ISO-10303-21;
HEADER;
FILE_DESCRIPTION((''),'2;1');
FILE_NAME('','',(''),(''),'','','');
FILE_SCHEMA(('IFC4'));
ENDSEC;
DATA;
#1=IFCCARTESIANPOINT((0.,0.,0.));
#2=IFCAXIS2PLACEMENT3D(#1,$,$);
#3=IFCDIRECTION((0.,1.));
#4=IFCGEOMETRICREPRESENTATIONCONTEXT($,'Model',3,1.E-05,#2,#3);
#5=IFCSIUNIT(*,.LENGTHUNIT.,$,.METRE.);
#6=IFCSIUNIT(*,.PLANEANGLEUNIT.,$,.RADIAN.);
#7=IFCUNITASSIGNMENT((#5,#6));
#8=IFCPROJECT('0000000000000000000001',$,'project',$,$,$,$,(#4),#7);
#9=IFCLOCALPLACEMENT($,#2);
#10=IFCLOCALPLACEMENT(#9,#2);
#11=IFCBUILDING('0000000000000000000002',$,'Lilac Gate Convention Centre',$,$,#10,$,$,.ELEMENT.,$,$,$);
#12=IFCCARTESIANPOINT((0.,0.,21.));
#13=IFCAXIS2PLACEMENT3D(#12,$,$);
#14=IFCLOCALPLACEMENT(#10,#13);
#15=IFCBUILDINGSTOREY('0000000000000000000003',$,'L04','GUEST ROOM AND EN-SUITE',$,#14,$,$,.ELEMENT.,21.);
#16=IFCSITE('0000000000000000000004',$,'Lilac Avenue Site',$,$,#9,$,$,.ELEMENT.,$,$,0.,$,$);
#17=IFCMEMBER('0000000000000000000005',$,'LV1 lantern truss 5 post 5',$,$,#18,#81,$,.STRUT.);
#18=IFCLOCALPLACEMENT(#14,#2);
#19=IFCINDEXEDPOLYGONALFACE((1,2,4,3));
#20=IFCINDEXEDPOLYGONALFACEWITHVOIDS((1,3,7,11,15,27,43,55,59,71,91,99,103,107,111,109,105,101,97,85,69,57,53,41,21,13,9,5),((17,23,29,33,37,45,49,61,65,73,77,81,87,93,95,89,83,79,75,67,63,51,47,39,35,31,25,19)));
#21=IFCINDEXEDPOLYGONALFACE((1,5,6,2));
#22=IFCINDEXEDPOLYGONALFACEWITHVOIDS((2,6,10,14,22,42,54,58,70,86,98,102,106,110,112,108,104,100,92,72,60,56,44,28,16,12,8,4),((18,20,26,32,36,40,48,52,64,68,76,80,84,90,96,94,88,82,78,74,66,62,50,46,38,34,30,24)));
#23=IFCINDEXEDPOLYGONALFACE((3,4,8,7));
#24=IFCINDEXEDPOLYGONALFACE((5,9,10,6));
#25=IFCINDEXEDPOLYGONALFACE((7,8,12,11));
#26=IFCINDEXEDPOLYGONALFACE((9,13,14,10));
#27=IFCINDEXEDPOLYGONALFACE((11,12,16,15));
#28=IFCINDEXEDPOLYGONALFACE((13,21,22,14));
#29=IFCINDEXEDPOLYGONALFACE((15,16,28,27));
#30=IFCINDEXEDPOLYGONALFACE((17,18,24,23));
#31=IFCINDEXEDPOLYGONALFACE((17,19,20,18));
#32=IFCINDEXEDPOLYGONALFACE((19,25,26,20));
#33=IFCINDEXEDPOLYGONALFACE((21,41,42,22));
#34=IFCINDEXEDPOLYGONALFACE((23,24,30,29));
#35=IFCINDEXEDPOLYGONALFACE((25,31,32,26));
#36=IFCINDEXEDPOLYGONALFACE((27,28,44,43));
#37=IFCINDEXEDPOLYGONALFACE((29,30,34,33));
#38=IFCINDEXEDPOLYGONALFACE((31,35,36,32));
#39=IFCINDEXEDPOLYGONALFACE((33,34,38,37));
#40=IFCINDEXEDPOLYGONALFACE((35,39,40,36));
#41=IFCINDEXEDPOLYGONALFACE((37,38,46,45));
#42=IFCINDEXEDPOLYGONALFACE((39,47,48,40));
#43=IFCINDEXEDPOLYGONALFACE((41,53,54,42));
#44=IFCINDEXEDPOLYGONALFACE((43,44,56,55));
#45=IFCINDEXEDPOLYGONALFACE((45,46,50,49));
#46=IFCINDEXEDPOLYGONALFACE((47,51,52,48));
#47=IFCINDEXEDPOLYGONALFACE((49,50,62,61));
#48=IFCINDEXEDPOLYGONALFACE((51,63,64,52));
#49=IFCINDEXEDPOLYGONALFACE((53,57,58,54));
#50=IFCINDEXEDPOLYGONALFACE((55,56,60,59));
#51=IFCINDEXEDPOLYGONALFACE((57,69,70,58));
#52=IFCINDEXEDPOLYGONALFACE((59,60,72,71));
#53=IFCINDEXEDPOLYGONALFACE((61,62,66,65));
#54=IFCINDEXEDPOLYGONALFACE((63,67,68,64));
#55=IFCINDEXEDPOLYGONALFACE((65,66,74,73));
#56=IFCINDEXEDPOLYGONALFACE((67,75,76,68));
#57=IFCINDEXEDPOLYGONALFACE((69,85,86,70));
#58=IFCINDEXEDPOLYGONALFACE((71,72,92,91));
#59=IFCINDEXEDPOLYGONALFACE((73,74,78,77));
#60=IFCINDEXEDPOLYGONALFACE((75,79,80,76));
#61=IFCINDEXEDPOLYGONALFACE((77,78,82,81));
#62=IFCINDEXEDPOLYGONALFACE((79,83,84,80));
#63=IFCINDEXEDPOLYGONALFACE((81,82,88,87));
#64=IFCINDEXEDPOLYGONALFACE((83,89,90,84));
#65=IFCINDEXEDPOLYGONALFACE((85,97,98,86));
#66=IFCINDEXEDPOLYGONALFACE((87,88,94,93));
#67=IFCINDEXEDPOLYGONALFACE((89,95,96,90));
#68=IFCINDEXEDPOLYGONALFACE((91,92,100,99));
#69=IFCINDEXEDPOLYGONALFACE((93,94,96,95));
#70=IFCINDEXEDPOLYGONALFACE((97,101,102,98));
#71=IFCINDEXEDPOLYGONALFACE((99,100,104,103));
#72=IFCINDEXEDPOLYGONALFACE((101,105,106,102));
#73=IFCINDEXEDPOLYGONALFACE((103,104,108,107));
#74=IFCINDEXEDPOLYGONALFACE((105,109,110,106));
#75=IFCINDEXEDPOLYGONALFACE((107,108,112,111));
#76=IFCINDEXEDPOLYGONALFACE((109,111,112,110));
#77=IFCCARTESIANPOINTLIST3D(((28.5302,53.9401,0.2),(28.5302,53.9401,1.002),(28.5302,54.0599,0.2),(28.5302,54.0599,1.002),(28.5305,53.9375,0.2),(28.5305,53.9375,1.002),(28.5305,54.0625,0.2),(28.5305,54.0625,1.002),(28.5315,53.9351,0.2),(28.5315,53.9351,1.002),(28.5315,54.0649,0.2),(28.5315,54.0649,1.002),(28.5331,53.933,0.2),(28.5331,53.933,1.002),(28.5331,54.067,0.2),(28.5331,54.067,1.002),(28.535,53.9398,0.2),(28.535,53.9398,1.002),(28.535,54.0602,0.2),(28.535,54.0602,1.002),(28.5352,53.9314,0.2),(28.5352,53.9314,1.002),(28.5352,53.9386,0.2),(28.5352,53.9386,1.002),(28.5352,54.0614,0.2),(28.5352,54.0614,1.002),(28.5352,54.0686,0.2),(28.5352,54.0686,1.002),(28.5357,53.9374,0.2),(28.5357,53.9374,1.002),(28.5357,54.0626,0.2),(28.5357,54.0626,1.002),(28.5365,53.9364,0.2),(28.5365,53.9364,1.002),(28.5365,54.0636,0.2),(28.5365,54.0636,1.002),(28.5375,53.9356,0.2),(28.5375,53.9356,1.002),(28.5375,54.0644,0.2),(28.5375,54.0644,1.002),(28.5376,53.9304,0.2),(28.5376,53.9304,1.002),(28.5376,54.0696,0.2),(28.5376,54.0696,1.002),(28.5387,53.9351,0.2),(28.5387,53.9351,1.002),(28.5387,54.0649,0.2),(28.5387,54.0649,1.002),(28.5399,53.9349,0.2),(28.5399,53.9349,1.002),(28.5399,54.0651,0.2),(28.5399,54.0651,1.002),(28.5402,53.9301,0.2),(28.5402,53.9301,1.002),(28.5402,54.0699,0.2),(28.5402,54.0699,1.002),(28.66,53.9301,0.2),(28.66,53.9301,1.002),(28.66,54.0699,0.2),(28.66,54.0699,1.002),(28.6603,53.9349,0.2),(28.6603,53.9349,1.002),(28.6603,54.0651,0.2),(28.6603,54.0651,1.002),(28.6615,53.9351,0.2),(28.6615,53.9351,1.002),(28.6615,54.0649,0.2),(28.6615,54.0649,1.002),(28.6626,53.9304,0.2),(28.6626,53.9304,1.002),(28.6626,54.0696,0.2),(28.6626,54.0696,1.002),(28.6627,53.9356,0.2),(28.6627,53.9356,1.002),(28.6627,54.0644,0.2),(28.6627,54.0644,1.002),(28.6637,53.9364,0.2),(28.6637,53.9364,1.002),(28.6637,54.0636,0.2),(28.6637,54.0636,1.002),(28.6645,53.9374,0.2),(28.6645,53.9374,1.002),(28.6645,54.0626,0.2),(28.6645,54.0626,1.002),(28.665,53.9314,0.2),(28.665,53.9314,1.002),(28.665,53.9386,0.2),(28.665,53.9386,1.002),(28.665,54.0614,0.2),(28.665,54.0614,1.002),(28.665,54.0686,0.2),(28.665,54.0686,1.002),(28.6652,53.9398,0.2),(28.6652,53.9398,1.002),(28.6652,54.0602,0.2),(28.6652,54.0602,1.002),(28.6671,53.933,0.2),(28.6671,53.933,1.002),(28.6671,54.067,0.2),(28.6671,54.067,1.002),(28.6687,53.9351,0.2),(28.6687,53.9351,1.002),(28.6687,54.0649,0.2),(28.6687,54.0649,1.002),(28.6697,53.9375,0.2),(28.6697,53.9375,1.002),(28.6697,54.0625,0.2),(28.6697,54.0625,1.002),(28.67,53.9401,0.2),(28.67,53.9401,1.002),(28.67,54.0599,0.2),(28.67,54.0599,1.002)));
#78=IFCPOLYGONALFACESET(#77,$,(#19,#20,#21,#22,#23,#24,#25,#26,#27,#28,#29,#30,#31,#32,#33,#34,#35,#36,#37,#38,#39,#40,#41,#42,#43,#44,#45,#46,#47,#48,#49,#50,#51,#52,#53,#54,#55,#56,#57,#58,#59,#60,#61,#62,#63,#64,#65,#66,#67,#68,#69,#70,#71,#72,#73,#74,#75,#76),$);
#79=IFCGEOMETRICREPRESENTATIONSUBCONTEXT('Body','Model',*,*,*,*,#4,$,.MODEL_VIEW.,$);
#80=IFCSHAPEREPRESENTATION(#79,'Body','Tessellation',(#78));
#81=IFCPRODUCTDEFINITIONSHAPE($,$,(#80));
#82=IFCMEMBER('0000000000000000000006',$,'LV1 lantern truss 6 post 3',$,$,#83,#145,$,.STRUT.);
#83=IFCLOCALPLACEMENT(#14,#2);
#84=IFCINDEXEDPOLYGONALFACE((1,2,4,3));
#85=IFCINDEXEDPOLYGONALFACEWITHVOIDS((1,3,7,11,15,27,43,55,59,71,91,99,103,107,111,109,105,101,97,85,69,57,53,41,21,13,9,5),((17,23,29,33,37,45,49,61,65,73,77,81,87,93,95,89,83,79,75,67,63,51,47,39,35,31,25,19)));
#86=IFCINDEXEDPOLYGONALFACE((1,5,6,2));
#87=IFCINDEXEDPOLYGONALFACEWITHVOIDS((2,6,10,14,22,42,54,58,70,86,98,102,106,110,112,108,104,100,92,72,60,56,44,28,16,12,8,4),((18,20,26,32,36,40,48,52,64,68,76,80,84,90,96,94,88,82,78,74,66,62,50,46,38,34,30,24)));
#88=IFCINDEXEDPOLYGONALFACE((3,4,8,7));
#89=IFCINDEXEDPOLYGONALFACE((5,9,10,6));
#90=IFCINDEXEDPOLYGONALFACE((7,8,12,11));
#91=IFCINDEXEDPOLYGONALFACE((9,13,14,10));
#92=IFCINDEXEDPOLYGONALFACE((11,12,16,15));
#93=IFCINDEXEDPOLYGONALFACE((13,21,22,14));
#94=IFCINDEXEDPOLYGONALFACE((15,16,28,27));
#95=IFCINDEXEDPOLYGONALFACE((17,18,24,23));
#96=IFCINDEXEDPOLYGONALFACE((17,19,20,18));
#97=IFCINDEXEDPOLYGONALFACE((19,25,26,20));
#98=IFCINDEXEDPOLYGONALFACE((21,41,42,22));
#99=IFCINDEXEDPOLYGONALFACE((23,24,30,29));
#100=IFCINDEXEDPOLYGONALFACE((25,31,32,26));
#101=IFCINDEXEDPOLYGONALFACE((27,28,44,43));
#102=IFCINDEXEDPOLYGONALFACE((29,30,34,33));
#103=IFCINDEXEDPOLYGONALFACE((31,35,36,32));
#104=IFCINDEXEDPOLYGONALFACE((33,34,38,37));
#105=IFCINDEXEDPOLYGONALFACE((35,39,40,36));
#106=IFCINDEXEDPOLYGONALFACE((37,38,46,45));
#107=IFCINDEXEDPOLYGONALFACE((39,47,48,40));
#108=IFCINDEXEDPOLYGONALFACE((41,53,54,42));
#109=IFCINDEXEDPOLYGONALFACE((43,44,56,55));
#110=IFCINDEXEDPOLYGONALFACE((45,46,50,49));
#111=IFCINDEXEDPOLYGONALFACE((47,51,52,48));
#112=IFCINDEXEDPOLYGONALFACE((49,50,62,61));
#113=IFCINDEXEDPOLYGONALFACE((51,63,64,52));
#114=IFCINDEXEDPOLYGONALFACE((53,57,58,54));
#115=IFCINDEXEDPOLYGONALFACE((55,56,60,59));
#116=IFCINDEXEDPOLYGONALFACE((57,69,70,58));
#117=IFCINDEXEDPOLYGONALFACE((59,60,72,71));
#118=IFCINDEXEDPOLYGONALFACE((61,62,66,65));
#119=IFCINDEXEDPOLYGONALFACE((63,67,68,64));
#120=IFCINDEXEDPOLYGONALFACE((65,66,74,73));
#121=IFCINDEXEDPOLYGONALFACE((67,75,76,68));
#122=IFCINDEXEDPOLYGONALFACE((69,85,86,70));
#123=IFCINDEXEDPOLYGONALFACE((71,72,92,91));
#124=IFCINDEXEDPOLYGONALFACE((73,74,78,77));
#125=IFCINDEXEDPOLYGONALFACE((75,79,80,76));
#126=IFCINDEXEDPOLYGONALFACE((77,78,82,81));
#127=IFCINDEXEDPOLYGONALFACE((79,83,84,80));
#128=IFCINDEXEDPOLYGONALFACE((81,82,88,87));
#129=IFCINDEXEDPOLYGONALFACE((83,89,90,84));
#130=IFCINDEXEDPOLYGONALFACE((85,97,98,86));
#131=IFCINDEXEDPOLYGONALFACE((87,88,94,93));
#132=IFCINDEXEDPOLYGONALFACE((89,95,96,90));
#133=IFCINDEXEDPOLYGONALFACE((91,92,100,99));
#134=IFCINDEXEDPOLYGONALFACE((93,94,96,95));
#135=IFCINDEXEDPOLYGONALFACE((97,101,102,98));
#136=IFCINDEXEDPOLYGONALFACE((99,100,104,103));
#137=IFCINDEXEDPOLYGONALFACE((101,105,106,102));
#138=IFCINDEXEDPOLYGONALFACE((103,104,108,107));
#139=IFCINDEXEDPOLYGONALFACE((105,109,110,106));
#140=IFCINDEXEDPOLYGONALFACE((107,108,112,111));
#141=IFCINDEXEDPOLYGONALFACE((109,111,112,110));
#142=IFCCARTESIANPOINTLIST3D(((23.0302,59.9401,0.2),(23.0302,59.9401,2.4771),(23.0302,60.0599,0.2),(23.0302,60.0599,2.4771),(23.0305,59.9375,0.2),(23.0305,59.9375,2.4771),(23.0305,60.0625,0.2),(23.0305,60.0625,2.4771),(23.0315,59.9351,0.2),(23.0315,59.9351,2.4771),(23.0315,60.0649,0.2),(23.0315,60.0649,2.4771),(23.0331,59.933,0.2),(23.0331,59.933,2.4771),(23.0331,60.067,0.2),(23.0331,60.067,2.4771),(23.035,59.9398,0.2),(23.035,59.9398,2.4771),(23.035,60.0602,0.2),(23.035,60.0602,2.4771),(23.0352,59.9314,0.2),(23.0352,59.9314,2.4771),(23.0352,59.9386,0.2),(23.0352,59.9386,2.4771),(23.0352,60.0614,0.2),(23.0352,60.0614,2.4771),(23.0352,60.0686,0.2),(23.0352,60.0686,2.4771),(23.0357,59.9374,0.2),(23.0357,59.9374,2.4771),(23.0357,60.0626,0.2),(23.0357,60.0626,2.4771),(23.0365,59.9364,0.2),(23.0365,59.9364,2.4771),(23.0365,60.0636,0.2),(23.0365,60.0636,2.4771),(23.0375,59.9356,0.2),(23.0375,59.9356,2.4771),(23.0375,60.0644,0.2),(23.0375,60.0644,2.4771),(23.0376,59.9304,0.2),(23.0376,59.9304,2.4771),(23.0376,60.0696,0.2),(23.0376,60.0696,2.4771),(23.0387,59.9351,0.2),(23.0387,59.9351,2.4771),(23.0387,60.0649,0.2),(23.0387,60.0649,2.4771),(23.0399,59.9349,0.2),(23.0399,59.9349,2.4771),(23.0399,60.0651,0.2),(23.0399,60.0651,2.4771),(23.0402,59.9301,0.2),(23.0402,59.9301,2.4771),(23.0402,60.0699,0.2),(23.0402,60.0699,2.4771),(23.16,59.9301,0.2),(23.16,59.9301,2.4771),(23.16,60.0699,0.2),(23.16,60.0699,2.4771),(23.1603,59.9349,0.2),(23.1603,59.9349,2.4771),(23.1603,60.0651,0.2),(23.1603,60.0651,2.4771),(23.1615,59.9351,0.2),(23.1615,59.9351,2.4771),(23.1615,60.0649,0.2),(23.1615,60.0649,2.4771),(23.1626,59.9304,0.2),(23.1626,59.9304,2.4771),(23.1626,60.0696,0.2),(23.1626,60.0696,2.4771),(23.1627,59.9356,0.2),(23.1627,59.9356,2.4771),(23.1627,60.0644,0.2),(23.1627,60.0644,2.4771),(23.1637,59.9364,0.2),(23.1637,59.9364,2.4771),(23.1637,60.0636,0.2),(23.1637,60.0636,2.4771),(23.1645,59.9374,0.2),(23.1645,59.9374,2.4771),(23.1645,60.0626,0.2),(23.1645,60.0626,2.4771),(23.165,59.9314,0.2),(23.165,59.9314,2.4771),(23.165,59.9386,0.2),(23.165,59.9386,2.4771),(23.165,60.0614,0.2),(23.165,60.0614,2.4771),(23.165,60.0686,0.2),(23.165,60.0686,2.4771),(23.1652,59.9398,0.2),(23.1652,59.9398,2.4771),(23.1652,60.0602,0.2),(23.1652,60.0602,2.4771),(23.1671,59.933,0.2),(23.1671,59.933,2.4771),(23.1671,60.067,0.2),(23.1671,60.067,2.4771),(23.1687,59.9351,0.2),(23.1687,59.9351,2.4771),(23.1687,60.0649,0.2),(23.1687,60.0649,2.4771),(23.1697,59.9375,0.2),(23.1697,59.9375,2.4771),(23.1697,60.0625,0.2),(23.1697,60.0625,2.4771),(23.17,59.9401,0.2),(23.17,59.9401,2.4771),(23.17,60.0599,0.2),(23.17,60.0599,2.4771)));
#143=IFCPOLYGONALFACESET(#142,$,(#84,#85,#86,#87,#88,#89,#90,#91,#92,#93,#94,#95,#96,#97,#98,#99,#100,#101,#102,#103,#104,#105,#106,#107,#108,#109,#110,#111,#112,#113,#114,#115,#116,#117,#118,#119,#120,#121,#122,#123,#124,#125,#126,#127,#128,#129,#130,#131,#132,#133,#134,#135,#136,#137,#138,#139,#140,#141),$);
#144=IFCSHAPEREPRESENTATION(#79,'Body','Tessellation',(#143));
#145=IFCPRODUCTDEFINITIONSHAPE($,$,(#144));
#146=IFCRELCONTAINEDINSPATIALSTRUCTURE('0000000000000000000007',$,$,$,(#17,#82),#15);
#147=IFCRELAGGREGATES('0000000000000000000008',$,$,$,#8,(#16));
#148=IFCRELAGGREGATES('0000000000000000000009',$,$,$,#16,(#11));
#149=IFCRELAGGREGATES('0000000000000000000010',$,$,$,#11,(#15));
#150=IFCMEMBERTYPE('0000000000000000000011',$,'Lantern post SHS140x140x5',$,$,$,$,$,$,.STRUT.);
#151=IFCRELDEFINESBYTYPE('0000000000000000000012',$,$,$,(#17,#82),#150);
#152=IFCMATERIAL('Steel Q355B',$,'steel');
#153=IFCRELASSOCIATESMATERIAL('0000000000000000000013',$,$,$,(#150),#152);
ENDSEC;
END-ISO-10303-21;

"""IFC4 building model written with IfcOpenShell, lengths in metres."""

from ifc_helpers import new_model, si_unit, direction, frame, origin, origin_2d, place, context, subcontext, project, spatial, hollow_rectangle, extrude, material, material_profile, profile_set, type_object, element, save


model = new_model("IFC4")

# Units and contexts
model_context = context("Model", 3, precision=1e-05, world=origin(), true_north=direction((0.0, 1.0)))
body_context = subcontext(model_context, "Body", "Model", "MODEL_VIEW")
ifc_project = project(units=[si_unit("LENGTHUNIT", "METRE"), si_unit("PLANEANGLEUNIT", "RADIAN")], contexts=[model_context])

# Site, building, storey
site_placement = place(None, origin())
site = spatial("IfcSite", under=ifc_project, at=site_placement, Name="Lilac Avenue Site", CompositionType="ELEMENT", RefElevation=0.0)
building_placement = place(site_placement, origin())
building = spatial("IfcBuilding", under=site, at=building_placement, Name="Lilac Gate Convention Centre", CompositionType="ELEMENT")
storey_placement = place(building_placement, frame((0.0, 0.0, 21.0)))
storey = spatial("IfcBuildingStorey", under=building, at=storey_placement, Name="L04", Description="GUEST ROOM AND EN-SUITE", CompositionType="ELEMENT", Elevation=21.0)

# Members
ifc_material_1 = material(Name="Steel Q355B", Category="steel")
ifc_material_profile_1 = material_profile(ifc_material_1, hollow_rectangle(XDim=0.1399, YDim=0.1399, WallThickness=0.0049, InnerFilletRadius=0.0049, OuterFilletRadius=0.01, at=origin_2d()), Name="SHS140x140x5")
ifc_profile_set_1 = profile_set([ifc_material_profile_1], Name="Steel Q355B")
member_type_1 = type_object("IfcMemberType", Name="Lantern post SHS140x140x5", PredefinedType="STRUT", material=ifc_profile_set_1)
member_1_placement = place(storey_placement, frame((28.6001, 54.0, 0.2), z_axis=(0.0, 0.0, 1.0), x_axis=(1.0, 0.0, 0.0)))
element("IfcMember", 1, at=member_1_placement, inside=storey, type_object=member_type_1, Name="LV1 lantern truss 5 post 5", PredefinedType="STRUT", context=body_context, shape_type="SweptSolid", body=[
    extrude(hollow_rectangle(XDim=0.1399, YDim=0.1399, WallThickness=0.0049, InnerFilletRadius=0.0049, OuterFilletRadius=0.01, at=origin_2d()), origin(), (0.0, 0.0, 1.0), 0.802),
])
member_2_placement = place(storey_placement, frame((23.1001, 60.0, 0.2), z_axis=(0.0, 0.0, 1.0), x_axis=(1.0, 0.0, 0.0)))
element("IfcMember", 2, at=member_2_placement, inside=storey, type_object=member_type_1, Name="LV1 lantern truss 6 post 3", PredefinedType="STRUT", context=body_context, shape_type="SweptSolid", body=[
    extrude(hollow_rectangle(XDim=0.1399, YDim=0.1399, WallThickness=0.0049, InnerFilletRadius=0.0049, OuterFilletRadius=0.01, at=origin_2d()), origin(), (0.0, 0.0, 1.0), 2.2771),
])

save(model, "model.ifc")
